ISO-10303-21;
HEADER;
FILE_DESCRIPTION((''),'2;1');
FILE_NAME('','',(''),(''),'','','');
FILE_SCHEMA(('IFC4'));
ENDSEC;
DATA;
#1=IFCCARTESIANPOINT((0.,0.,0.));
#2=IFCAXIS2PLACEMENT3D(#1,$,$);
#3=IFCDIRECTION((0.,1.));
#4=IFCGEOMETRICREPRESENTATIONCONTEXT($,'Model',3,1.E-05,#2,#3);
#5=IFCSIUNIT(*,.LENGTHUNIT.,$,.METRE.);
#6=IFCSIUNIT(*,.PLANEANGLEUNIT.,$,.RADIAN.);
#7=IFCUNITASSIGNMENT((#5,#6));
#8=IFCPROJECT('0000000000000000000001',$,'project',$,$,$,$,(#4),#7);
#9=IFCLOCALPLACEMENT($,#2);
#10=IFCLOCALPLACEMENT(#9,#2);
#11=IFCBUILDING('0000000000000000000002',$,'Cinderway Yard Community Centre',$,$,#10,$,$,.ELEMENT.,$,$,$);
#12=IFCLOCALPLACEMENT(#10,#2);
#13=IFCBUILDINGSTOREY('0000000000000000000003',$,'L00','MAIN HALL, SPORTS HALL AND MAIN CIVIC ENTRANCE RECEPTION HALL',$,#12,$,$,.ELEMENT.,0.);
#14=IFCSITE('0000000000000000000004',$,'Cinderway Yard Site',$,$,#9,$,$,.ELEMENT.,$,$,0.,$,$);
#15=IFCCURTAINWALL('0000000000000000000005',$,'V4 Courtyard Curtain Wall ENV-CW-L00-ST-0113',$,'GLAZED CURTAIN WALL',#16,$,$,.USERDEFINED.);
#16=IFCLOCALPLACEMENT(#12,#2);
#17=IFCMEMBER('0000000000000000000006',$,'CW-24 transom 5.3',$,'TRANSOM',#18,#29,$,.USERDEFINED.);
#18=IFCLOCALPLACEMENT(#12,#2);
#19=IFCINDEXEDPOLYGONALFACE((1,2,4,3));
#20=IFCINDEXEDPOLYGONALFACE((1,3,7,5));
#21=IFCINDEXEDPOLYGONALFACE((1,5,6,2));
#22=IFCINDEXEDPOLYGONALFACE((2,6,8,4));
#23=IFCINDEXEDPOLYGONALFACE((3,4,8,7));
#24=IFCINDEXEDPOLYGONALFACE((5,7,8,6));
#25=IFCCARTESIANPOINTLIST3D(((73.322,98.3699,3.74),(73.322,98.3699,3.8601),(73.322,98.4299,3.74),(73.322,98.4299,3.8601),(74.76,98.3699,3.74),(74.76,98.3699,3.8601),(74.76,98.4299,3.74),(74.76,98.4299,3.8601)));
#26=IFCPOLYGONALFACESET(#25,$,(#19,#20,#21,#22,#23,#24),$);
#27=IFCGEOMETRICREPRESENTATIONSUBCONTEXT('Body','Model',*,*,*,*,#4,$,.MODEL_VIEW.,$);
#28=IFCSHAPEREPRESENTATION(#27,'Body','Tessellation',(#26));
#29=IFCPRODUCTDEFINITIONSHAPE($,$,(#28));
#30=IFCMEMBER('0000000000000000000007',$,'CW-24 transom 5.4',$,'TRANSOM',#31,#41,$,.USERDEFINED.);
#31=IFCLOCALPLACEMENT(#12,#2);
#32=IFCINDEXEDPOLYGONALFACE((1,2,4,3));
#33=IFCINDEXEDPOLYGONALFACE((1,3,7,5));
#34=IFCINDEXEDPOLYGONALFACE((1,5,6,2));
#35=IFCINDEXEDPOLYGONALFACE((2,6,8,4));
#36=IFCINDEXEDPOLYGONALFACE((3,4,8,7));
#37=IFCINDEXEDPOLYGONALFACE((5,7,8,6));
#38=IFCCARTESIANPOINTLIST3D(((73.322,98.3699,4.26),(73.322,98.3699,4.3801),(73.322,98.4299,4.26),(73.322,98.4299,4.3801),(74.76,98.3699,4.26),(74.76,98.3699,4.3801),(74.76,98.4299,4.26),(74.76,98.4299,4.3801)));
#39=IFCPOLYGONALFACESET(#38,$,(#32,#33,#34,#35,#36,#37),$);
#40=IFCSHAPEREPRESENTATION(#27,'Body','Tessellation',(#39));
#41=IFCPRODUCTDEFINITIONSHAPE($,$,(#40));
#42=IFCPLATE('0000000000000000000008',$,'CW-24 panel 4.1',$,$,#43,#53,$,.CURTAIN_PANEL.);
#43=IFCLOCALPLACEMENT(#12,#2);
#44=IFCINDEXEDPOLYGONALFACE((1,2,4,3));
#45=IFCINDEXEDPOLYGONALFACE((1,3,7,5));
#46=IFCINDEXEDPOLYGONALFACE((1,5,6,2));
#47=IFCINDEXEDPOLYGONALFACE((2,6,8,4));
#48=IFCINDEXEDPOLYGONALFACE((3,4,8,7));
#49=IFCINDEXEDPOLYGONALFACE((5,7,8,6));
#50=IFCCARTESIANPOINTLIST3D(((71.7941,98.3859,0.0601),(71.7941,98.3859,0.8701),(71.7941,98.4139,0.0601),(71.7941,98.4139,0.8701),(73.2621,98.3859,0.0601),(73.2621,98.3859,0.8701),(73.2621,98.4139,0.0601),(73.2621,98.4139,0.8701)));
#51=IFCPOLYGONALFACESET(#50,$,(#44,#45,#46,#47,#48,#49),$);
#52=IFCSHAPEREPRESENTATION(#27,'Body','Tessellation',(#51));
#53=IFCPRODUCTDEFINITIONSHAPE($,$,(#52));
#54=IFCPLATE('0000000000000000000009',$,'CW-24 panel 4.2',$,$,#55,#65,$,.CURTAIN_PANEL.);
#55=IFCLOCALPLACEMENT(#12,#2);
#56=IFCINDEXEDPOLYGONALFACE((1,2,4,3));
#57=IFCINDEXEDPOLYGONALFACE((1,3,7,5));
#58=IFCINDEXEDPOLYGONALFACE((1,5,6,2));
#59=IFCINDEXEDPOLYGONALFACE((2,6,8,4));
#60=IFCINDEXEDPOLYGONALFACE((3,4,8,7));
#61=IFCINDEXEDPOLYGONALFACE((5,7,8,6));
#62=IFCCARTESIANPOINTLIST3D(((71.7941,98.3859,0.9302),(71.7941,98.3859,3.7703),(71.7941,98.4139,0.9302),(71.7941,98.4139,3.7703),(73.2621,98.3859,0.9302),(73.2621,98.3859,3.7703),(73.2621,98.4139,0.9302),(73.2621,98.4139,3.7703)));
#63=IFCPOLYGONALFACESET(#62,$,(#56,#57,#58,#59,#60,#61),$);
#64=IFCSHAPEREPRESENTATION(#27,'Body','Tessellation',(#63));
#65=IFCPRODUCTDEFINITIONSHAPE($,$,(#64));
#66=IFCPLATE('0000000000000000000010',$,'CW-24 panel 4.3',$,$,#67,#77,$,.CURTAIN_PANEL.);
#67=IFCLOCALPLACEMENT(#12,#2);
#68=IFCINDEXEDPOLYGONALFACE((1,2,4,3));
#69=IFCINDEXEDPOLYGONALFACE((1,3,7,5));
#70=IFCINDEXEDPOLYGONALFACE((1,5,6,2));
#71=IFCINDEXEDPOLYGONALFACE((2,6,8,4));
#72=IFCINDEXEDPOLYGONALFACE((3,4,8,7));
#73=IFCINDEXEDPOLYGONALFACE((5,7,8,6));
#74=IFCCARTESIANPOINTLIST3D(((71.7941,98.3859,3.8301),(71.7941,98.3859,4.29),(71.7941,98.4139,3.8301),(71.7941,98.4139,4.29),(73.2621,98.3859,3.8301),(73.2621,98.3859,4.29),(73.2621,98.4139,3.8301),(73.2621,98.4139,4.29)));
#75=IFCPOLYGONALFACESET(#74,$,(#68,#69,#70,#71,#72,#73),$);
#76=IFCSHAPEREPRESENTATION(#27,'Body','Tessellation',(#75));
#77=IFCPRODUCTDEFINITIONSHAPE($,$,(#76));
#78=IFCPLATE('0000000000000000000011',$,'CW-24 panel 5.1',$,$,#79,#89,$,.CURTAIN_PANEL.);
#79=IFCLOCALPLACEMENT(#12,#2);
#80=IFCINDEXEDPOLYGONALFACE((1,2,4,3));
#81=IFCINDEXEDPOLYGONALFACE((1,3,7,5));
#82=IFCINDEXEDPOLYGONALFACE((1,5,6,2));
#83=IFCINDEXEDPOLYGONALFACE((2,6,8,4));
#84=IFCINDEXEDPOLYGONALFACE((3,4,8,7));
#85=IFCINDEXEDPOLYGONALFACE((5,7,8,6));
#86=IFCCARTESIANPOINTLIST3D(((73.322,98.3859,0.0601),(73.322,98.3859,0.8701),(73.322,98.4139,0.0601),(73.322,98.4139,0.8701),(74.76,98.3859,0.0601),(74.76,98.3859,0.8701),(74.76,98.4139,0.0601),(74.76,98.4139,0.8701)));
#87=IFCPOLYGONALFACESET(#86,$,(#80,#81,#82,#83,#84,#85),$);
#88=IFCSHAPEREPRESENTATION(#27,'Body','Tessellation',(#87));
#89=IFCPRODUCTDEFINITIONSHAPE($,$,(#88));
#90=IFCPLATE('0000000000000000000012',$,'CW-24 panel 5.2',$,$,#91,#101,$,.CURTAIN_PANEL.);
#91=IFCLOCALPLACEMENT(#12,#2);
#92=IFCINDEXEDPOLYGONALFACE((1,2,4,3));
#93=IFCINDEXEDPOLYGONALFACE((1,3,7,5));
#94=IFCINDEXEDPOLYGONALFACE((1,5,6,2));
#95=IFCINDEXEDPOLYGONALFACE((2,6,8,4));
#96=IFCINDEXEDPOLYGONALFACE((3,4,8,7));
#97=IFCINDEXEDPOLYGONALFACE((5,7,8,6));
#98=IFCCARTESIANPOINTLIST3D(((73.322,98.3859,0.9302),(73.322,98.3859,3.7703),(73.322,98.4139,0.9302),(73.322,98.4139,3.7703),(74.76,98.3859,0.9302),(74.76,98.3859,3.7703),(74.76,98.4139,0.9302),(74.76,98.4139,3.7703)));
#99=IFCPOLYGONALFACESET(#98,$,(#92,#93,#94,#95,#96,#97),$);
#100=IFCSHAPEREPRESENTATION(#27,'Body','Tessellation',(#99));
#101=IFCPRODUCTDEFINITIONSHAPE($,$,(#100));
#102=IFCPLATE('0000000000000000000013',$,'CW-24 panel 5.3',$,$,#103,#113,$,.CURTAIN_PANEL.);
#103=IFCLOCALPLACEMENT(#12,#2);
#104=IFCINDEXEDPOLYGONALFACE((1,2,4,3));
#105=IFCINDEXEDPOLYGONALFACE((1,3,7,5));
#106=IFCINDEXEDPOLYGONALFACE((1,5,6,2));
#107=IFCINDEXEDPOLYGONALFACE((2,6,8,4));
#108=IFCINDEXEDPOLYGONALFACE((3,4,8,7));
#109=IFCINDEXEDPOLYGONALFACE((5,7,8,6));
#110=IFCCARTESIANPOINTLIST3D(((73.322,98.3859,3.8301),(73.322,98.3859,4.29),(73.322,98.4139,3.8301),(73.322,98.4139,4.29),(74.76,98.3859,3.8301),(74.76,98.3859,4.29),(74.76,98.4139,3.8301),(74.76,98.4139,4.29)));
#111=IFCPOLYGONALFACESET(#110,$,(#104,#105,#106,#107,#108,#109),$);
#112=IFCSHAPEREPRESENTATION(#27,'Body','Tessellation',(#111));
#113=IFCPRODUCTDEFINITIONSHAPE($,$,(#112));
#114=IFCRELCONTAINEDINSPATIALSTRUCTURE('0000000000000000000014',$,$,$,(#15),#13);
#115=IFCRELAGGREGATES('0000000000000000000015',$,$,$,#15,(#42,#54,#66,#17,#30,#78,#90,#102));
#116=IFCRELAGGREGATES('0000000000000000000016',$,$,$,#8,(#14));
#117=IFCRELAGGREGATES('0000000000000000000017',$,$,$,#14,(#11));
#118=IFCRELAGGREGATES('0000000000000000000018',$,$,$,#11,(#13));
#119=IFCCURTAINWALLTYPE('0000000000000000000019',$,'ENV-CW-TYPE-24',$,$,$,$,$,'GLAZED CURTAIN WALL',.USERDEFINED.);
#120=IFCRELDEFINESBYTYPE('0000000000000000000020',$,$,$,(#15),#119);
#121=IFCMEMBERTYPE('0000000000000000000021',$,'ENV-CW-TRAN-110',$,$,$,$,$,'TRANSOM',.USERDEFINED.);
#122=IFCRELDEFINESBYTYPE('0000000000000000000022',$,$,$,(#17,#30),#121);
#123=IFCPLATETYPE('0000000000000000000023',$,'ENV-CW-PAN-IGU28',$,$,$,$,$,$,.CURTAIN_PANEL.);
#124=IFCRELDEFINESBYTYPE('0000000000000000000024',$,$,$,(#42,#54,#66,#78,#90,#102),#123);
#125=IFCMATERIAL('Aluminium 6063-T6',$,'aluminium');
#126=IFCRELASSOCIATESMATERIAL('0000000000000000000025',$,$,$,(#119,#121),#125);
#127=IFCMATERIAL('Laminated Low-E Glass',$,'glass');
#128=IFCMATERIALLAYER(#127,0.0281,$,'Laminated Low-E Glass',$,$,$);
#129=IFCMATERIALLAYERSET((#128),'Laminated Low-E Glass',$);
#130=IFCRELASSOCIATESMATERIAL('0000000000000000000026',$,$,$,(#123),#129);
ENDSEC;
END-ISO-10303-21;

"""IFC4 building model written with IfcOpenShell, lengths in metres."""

from ifc_helpers import new_model, si_unit, direction, frame, origin, origin_2d, place, context, subcontext, project, spatial, rectangle, extrude, material, layer, layer_set, material_profile, profile_set, type_object, element, aggregate, save


model = new_model("IFC4")

# Units and contexts
model_context = context("Model", 3, precision=1e-05, world=origin(), true_north=direction((0.0, 1.0)))
body_context = subcontext(model_context, "Body", "Model", "MODEL_VIEW")
ifc_project = project(units=[si_unit("LENGTHUNIT", "METRE"), si_unit("PLANEANGLEUNIT", "RADIAN")], contexts=[model_context])

# Site, building, storey
site_placement = place(None, origin())
site = spatial("IfcSite", under=ifc_project, at=site_placement, Name="Cinderway Yard Site", CompositionType="ELEMENT", RefElevation=0.0)
building_placement = place(site_placement, origin())
building = spatial("IfcBuilding", under=site, at=building_placement, Name="Cinderway Yard Community Centre", CompositionType="ELEMENT")
storey_placement = place(building_placement, origin())
storey = spatial("IfcBuildingStorey", under=building, at=storey_placement, Name="L00", Description="MAIN HALL, SPORTS HALL AND MAIN CIVIC ENTRANCE RECEPTION HALL", CompositionType="ELEMENT", Elevation=0.0)

# Curtain wall, members, plates
ifc_material_1 = material(Name="Aluminium 6063-T6", Category="aluminium")
curtain_wall_type = type_object("IfcCurtainWallType", Name="ENV-CW-TYPE-24", ElementType="GLAZED CURTAIN WALL", PredefinedType="USERDEFINED", material=ifc_material_1)
curtain_wall_placement = place(storey_placement, origin())
curtain_wall = element("IfcCurtainWall", 1, at=curtain_wall_placement, inside=storey, type_object=curtain_wall_type, Name="V4 Courtyard Curtain Wall ENV-CW-L00-ST-0113", ObjectType="GLAZED CURTAIN WALL", PredefinedType="USERDEFINED")
ifc_material_profile_1 = material_profile(ifc_material_1, rectangle(XDim=0.0601, YDim=0.1201, at=origin_2d()), Name="Aluminium 6063-T6")
ifc_profile_set_1 = profile_set([ifc_material_profile_1], Name="Aluminium 6063-T6")
member_type_1 = type_object("IfcMemberType", Name="ENV-CW-TRAN-110", ElementType="TRANSOM", PredefinedType="USERDEFINED", material=ifc_profile_set_1)
member_1_placement = place(storey_placement, frame((73.322, 98.3999, 3.8), z_axis=(1.0, 0.0, 0.0), x_axis=(0.0, 1.0, 0.0)))
member_1 = element("IfcMember", 2, at=member_1_placement, type_object=member_type_1, Name="CW-24 transom 5.3", ObjectType="TRANSOM", PredefinedType="USERDEFINED", context=body_context, shape_type="SweptSolid", body=[
    extrude(rectangle(XDim=0.0601, YDim=0.1201, at=origin_2d()), origin(), (0.0, 0.0, 1.0), 1.438),
])
member_2_placement = place(storey_placement, frame((73.322, 98.3999, 4.3201), z_axis=(1.0, 0.0, 0.0), x_axis=(0.0, 1.0, 0.0)))
member_2 = element("IfcMember", 3, at=member_2_placement, type_object=member_type_1, Name="CW-24 transom 5.4", ObjectType="TRANSOM", PredefinedType="USERDEFINED", context=body_context, shape_type="SweptSolid", body=[
    extrude(rectangle(XDim=0.0601, YDim=0.1201, at=origin_2d()), origin(), (0.0, 0.0, 1.0), 1.438),
])
ifc_material_2 = material(Name="Laminated Low-E Glass", Category="glass")
ifc_layer = layer(ifc_material_2, 0.0281, Name="Laminated Low-E Glass")
ifc_layer_set = layer_set([ifc_layer], Name="Laminated Low-E Glass")
plate_type = type_object("IfcPlateType", Name="ENV-CW-PAN-IGU28", PredefinedType="CURTAIN_PANEL", material=ifc_layer_set)
plate_1_placement = place(storey_placement, frame((72.5281, 98.3999, 0.0601), z_axis=(0.0, 0.0, 1.0), x_axis=(1.0, 0.0, 0.0)))
plate_1 = element("IfcPlate", 4, at=plate_1_placement, type_object=plate_type, Name="CW-24 panel 4.1", PredefinedType="CURTAIN_PANEL", context=body_context, shape_type="SweptSolid", body=[
    extrude(rectangle(XDim=1.468, YDim=0.0281, at=origin_2d()), origin(), (0.0, 0.0, 1.0), 0.8101),
])
plate_2_placement = place(storey_placement, frame((72.5281, 98.3999, 0.9302), z_axis=(0.0, 0.0, 1.0), x_axis=(1.0, 0.0, 0.0)))
plate_2 = element("IfcPlate", 5, at=plate_2_placement, type_object=plate_type, Name="CW-24 panel 4.2", PredefinedType="CURTAIN_PANEL", context=body_context, shape_type="SweptSolid", body=[
    extrude(rectangle(XDim=1.468, YDim=0.0281, at=origin_2d()), origin(), (0.0, 0.0, 1.0), 2.8401),
])
plate_3_placement = place(storey_placement, frame((72.5281, 98.3999, 3.8301), z_axis=(0.0, 0.0, 1.0), x_axis=(1.0, 0.0, 0.0)))
plate_3 = element("IfcPlate", 6, at=plate_3_placement, type_object=plate_type, Name="CW-24 panel 4.3", PredefinedType="CURTAIN_PANEL", context=body_context, shape_type="SweptSolid", body=[
    extrude(rectangle(XDim=1.468, YDim=0.0281, at=origin_2d()), origin(), (0.0, 0.0, 1.0), 0.46),
])
plate_4_placement = place(storey_placement, frame((74.041, 98.3999, 0.0601), z_axis=(0.0, 0.0, 1.0), x_axis=(1.0, 0.0, 0.0)))
plate_4 = element("IfcPlate", 7, at=plate_4_placement, type_object=plate_type, Name="CW-24 panel 5.1", PredefinedType="CURTAIN_PANEL", context=body_context, shape_type="SweptSolid", body=[
    extrude(rectangle(XDim=1.438, YDim=0.0281, at=origin_2d()), origin(), (0.0, 0.0, 1.0), 0.8101),
])
plate_5_placement = place(storey_placement, frame((74.041, 98.3999, 0.9302), z_axis=(0.0, 0.0, 1.0), x_axis=(1.0, 0.0, 0.0)))
plate_5 = element("IfcPlate", 8, at=plate_5_placement, type_object=plate_type, Name="CW-24 panel 5.2", PredefinedType="CURTAIN_PANEL", context=body_context, shape_type="SweptSolid", body=[
    extrude(rectangle(XDim=1.438, YDim=0.0281, at=origin_2d()), origin(), (0.0, 0.0, 1.0), 2.8401),
])
plate_6_placement = place(storey_placement, frame((74.041, 98.3999, 3.8301), z_axis=(0.0, 0.0, 1.0), x_axis=(1.0, 0.0, 0.0)))
plate_6 = element("IfcPlate", 9, at=plate_6_placement, type_object=plate_type, Name="CW-24 panel 5.3", PredefinedType="CURTAIN_PANEL", context=body_context, shape_type="SweptSolid", body=[
    extrude(rectangle(XDim=1.438, YDim=0.0281, at=origin_2d()), origin(), (0.0, 0.0, 1.0), 0.46),
])
aggregate(curtain_wall, [plate_1, plate_2, plate_3, member_1, member_2, plate_4, plate_5, plate_6])

save(model, "model.ifc")
